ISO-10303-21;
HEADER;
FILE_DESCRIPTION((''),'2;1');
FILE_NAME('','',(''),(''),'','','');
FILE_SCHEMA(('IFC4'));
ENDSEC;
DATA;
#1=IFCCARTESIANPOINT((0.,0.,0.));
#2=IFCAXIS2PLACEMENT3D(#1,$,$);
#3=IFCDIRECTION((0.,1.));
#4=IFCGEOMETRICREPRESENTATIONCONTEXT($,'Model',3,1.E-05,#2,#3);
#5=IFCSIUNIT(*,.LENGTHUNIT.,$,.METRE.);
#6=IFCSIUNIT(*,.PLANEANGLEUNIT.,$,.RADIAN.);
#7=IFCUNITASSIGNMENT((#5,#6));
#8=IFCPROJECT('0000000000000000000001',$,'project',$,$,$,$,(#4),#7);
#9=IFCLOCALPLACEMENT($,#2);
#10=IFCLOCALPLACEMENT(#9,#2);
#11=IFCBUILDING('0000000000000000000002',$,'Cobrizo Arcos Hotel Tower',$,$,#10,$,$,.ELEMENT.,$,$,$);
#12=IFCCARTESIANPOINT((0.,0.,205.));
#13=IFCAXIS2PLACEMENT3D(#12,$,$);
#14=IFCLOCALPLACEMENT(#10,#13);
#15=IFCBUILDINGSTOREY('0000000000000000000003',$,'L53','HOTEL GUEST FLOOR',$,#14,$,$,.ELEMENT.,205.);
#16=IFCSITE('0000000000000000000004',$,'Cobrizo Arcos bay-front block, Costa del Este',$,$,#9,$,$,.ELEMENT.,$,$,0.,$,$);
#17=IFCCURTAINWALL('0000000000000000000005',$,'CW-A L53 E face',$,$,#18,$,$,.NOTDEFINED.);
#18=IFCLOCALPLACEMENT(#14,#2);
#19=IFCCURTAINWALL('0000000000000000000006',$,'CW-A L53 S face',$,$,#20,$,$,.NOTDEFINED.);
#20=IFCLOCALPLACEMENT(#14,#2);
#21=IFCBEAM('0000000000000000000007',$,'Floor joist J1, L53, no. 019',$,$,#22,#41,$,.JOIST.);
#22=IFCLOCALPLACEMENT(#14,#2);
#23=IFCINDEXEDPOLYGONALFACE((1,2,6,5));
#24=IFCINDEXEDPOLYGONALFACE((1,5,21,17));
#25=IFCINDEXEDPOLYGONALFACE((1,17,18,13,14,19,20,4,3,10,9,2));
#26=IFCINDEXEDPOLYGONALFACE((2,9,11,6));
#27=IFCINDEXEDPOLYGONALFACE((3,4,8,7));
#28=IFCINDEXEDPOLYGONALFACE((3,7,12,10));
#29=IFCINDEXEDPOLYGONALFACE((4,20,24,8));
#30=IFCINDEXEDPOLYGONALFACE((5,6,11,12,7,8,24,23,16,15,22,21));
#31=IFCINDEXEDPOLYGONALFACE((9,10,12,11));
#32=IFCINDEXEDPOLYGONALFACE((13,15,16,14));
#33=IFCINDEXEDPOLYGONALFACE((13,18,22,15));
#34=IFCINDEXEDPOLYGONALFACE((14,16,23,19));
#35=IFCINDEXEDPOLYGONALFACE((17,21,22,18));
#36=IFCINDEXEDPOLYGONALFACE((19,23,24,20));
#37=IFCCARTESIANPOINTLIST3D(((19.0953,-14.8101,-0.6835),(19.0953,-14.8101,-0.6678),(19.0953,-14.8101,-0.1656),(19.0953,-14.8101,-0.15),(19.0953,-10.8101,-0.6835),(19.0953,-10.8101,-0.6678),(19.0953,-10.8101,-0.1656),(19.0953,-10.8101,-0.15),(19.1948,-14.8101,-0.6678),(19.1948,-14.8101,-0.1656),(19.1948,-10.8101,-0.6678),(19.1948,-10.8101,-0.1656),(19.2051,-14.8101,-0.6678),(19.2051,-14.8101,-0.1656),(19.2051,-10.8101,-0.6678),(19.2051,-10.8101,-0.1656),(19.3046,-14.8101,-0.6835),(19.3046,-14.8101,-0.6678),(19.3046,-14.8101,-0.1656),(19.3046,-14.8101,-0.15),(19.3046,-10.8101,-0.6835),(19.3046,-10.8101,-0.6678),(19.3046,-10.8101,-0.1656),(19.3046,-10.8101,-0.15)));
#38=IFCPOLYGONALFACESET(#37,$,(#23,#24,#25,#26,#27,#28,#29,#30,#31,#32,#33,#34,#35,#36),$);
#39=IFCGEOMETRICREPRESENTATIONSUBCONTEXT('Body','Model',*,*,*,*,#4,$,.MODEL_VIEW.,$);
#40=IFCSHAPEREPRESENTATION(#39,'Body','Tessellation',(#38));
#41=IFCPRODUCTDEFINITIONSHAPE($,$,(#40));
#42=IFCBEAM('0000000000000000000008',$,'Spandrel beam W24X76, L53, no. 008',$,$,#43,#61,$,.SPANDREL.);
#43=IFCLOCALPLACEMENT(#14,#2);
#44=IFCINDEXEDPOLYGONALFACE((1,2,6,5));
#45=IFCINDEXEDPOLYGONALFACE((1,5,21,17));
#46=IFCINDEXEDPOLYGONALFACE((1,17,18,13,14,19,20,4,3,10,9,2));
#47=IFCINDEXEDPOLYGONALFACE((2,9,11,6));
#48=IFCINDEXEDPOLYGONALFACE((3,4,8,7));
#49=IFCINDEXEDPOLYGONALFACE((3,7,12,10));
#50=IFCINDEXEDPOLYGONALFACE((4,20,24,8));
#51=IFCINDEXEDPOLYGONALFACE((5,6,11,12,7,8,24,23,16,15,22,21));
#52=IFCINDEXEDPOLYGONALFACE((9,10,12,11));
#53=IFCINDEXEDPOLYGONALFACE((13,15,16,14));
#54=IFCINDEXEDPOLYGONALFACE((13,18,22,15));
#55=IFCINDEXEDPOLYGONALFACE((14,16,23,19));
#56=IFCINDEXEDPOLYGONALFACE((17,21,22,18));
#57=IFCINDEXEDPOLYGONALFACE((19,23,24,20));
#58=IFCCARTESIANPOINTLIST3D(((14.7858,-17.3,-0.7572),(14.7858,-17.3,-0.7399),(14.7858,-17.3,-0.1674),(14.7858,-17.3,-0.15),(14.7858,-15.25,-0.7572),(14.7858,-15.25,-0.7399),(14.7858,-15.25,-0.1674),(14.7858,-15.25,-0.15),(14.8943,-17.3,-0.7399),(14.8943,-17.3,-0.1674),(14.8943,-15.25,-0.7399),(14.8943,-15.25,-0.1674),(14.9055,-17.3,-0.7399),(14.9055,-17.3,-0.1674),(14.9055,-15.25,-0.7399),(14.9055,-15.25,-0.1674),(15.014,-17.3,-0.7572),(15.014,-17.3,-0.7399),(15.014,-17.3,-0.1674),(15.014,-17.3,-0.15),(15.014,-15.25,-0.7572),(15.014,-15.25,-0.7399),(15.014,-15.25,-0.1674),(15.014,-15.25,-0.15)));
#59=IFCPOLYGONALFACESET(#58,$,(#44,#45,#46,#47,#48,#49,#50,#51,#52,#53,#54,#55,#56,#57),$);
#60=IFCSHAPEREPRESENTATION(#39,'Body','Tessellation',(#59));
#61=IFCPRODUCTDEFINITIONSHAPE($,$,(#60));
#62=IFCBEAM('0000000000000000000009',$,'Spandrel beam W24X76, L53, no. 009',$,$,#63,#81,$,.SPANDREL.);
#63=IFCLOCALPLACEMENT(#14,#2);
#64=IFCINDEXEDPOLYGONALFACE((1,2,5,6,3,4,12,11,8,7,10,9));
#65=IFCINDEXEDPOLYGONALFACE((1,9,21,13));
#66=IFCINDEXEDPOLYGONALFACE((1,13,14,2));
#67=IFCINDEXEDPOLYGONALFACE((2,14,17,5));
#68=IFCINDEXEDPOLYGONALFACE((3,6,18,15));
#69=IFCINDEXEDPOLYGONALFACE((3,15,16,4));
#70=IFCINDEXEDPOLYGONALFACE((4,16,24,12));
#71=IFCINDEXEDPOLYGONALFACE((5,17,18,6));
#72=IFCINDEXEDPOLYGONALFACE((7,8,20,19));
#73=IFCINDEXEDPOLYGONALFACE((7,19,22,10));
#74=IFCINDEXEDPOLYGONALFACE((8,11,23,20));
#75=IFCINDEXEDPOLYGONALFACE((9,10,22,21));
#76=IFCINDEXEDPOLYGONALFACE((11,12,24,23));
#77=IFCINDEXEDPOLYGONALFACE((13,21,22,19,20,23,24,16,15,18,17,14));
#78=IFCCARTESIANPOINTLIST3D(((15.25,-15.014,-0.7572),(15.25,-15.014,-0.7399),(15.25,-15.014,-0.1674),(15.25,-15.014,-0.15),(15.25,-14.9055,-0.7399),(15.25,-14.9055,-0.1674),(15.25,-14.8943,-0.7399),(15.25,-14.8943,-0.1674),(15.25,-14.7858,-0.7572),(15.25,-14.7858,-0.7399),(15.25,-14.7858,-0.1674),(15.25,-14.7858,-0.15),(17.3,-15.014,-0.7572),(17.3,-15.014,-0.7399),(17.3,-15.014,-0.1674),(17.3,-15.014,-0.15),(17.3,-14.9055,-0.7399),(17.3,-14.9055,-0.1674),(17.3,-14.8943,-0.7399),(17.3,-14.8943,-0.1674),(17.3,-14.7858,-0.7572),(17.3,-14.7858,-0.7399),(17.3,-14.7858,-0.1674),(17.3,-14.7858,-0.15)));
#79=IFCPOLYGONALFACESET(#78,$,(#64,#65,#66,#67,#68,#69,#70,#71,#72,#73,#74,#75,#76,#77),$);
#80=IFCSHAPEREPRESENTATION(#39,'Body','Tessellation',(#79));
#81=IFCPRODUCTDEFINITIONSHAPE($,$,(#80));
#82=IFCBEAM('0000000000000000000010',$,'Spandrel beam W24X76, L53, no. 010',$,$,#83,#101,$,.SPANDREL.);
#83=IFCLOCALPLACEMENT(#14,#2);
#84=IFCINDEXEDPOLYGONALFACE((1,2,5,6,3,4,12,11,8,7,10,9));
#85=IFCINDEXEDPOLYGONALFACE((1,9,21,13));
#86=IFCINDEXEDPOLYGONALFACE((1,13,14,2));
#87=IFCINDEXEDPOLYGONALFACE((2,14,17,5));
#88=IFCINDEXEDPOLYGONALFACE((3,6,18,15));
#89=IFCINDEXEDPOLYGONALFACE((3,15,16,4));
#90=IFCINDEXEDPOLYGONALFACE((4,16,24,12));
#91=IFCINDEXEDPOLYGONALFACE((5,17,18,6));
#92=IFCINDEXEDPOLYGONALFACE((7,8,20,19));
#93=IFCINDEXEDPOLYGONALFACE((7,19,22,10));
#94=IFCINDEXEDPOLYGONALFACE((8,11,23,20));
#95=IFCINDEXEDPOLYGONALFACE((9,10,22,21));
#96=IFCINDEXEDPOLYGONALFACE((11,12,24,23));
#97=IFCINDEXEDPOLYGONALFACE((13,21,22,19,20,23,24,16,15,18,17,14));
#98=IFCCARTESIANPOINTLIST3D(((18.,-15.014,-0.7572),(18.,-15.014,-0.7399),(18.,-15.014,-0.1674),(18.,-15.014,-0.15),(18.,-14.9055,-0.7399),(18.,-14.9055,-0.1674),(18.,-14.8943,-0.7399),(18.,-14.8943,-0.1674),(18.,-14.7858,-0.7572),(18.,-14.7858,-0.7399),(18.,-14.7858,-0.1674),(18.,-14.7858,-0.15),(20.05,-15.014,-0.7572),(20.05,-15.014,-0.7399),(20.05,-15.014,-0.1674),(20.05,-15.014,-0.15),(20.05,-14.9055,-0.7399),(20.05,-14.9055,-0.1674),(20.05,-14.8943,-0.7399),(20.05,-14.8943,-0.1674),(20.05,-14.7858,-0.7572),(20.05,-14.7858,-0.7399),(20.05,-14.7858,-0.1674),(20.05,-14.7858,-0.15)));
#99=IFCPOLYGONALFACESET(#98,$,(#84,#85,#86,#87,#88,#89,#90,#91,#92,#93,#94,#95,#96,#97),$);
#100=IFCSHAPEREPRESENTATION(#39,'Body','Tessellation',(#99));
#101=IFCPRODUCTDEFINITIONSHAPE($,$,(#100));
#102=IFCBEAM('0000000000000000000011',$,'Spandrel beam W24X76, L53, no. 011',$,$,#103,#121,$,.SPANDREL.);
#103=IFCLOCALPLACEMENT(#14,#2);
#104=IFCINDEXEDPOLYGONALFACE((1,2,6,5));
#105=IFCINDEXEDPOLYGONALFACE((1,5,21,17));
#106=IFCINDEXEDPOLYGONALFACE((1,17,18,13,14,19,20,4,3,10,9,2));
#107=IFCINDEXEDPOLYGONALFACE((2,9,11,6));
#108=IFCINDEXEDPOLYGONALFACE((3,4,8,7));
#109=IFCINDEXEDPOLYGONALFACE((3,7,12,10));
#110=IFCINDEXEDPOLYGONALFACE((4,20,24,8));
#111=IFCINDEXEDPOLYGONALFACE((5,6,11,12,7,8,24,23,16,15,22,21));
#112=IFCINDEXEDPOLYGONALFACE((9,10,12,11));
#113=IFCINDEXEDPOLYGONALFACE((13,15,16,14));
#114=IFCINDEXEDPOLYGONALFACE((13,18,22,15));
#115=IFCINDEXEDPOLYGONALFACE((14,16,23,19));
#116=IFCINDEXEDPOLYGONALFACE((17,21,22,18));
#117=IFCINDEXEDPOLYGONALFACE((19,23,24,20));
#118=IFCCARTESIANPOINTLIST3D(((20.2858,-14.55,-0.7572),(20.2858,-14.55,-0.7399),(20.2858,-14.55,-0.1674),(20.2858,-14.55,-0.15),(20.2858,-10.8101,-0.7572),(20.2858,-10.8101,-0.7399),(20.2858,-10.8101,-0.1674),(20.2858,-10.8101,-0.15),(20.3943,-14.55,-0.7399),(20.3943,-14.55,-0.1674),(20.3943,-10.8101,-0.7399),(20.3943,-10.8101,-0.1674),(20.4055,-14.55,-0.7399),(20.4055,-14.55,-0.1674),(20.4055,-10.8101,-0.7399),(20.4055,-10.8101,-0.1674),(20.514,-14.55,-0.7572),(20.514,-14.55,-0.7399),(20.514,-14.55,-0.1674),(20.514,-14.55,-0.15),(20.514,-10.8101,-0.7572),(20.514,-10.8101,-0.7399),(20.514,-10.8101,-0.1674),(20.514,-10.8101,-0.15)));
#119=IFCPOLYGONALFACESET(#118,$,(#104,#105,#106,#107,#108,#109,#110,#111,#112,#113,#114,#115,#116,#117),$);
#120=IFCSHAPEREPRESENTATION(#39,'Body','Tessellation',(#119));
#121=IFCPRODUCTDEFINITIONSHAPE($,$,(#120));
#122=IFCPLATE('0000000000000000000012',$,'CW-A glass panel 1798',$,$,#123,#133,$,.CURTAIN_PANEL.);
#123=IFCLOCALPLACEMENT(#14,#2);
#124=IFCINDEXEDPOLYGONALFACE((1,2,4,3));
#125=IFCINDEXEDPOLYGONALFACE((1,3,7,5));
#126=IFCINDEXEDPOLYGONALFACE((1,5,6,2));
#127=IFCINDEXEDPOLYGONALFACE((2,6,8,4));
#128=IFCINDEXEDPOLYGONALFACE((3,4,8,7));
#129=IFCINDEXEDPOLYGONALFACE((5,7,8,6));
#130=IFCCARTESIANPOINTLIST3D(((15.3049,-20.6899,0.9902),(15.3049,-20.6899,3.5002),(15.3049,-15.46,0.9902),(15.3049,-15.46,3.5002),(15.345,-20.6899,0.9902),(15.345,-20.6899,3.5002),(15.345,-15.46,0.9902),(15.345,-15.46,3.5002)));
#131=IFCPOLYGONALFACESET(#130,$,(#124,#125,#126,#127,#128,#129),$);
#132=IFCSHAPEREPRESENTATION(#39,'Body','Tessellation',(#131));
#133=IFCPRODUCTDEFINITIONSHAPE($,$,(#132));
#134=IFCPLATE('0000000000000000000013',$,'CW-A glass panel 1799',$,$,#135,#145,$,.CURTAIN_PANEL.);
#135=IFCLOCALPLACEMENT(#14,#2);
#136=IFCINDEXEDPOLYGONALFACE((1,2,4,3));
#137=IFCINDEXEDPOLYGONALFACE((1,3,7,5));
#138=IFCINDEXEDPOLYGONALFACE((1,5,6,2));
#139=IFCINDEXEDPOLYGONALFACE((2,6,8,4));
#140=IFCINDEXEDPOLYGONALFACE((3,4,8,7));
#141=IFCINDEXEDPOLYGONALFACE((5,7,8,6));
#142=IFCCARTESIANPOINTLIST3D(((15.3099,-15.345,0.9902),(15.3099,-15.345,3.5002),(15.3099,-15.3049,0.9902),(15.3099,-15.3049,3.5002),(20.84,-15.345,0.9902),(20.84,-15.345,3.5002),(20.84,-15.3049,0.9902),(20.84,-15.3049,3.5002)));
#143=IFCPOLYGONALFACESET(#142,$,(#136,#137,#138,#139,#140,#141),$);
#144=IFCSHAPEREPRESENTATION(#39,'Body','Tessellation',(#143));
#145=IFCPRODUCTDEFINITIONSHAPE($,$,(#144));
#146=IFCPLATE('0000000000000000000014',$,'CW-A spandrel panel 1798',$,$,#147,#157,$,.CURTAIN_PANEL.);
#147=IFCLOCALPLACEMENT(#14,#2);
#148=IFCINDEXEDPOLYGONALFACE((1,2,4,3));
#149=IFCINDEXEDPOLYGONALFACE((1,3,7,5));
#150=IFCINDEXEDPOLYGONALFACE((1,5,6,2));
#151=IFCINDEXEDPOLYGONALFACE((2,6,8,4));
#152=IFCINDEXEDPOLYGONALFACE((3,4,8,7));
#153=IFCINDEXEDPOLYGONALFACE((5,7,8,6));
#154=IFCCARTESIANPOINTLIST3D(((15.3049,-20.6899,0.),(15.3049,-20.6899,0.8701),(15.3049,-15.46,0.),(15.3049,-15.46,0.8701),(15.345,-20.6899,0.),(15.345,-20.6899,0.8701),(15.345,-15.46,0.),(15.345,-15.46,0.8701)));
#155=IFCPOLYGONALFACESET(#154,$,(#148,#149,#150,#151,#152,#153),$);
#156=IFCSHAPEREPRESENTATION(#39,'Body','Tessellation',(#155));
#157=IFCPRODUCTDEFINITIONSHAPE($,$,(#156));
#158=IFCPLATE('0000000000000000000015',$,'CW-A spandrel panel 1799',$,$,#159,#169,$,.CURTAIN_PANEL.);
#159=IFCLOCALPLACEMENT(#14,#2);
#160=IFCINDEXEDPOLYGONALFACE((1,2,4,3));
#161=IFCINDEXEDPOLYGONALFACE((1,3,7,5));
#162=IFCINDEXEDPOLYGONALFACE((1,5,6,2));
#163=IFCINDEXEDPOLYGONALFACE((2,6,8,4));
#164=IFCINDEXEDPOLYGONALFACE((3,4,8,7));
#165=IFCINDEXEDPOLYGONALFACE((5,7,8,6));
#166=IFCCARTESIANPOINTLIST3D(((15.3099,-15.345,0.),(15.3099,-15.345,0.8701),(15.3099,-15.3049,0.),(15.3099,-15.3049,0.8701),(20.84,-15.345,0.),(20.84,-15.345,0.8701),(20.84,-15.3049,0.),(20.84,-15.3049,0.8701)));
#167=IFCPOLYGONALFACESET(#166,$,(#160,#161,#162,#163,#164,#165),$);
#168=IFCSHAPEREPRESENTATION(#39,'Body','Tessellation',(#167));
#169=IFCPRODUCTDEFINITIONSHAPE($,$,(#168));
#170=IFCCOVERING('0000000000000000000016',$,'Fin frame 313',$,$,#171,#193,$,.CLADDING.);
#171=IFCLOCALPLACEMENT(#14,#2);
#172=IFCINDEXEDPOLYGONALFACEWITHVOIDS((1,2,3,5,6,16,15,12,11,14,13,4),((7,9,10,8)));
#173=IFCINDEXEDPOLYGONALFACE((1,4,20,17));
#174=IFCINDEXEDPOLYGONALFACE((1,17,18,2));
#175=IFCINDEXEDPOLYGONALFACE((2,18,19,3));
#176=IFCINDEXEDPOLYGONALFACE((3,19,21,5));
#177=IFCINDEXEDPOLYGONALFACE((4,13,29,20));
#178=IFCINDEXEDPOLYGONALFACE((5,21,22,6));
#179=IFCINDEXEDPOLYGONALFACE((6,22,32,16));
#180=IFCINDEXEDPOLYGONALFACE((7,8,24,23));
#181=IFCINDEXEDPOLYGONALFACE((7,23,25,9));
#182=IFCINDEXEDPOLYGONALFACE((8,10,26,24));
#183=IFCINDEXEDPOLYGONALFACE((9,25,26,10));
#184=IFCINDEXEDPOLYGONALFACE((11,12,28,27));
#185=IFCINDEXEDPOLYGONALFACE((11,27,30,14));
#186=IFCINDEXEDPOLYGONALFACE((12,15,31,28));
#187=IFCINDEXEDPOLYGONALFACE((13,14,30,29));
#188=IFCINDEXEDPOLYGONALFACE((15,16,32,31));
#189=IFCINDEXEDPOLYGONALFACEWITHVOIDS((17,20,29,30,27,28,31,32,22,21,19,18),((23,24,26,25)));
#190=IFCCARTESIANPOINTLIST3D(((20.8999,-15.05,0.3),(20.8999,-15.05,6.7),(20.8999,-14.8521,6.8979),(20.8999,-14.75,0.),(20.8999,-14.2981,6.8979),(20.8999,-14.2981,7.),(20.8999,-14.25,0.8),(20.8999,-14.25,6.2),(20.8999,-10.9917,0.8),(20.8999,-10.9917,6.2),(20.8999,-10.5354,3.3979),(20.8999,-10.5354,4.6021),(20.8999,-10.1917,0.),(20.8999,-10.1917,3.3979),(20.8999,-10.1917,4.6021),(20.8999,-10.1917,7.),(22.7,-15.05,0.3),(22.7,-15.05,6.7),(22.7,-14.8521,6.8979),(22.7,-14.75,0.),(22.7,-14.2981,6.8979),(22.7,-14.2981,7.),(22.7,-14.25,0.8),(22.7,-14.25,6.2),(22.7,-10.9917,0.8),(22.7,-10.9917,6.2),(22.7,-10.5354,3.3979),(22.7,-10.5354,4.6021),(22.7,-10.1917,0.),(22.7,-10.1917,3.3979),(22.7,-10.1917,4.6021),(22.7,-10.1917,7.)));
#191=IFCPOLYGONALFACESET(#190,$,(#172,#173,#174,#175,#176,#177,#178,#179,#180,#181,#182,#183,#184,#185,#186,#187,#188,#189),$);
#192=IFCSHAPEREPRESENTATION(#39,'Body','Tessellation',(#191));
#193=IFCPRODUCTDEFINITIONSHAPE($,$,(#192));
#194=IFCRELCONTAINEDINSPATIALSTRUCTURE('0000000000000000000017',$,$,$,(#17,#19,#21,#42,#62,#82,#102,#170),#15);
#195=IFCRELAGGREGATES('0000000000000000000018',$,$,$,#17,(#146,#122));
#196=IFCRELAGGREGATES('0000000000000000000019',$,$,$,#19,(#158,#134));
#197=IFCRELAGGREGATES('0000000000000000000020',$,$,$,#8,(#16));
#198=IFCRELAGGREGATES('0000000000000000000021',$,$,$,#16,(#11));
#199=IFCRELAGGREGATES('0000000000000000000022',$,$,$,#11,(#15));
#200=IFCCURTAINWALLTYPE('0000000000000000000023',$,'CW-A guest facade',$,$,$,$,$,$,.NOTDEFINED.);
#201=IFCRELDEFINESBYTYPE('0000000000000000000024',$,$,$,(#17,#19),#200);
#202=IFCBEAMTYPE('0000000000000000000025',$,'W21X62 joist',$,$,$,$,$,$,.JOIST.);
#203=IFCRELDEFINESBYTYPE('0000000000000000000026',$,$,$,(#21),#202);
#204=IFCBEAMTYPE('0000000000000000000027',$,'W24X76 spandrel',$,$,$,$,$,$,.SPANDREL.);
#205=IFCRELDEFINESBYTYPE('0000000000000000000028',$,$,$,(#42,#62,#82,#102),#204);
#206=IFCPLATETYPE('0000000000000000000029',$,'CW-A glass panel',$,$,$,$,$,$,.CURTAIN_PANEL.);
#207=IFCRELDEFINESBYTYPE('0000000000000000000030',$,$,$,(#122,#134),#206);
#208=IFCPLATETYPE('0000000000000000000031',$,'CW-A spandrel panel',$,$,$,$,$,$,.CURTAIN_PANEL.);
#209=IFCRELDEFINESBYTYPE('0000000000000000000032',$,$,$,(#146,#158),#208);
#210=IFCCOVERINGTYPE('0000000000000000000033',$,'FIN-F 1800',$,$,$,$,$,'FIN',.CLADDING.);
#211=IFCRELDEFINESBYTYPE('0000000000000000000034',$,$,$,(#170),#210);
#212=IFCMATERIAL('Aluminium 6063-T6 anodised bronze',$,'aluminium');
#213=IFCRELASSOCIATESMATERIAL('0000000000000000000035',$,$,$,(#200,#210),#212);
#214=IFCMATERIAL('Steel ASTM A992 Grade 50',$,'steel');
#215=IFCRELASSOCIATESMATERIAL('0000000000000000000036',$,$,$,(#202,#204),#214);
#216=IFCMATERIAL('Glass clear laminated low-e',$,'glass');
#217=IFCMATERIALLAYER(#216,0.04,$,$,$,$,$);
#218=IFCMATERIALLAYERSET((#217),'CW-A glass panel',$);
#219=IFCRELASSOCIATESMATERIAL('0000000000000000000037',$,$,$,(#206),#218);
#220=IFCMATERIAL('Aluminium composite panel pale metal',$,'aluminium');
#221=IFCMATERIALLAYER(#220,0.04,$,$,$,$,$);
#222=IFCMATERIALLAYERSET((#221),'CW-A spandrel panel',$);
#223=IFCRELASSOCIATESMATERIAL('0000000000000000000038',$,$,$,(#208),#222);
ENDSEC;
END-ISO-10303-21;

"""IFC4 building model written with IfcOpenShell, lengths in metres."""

from ifc_helpers import new_model, si_unit, direction, frame, origin, origin_2d, place, context, subcontext, project, spatial, polyline, rectangle, i_section, outline, extrude, material, layer, layer_set, material_profile, profile_set, type_object, element, aggregate, save


model = new_model("IFC4")

# Units and contexts
model_context = context("Model", 3, precision=1e-05, world=origin(), true_north=direction((0.0, 1.0)))
body_context = subcontext(model_context, "Body", "Model", "MODEL_VIEW")
ifc_project = project(units=[si_unit("LENGTHUNIT", "METRE"), si_unit("PLANEANGLEUNIT", "RADIAN")], contexts=[model_context])

# Site, building, storey
site_placement = place(None, origin())
site = spatial("IfcSite", under=ifc_project, at=site_placement, Name="Cobrizo Arcos bay-front block, Costa del Este", CompositionType="ELEMENT", RefElevation=0.0)
building_placement = place(site_placement, origin())
building = spatial("IfcBuilding", under=site, at=building_placement, Name="Cobrizo Arcos Hotel Tower", CompositionType="ELEMENT")
storey_placement = place(building_placement, frame((0.0, 0.0, 205.0)))
storey = spatial("IfcBuildingStorey", under=building, at=storey_placement, Name="L53", Description="HOTEL GUEST FLOOR", CompositionType="ELEMENT", Elevation=205.0)

# Shared definitions
ifc_material_1 = material(Name="Aluminium 6063-T6 anodised bronze", Category="aluminium")
curtain_wall_type = type_object("IfcCurtainWallType", Name="CW-A guest facade", PredefinedType="NOTDEFINED", material=ifc_material_1)

# Curtain walls
curtain_wall_1_placement = place(storey_placement, origin())
curtain_wall_1 = element("IfcCurtainWall", 1, at=curtain_wall_1_placement, inside=storey, type_object=curtain_wall_type, Name="CW-A L53 E face", PredefinedType="NOTDEFINED")
curtain_wall_2_placement = place(storey_placement, origin())
curtain_wall_2 = element("IfcCurtainWall", 2, at=curtain_wall_2_placement, inside=storey, type_object=curtain_wall_type, Name="CW-A L53 S face", PredefinedType="NOTDEFINED")

# Beams
ifc_material_2 = material(Name="Steel ASTM A992 Grade 50", Category="steel")
ifc_material_profile_1 = material_profile(ifc_material_2, i_section(OverallWidth=0.2092, OverallDepth=0.5334, WebThickness=0.0103, FlangeThickness=0.0156, at=origin_2d()), Name="W21X62")
ifc_profile_set_1 = profile_set([ifc_material_profile_1], Name="Steel ASTM A992 Grade 50")
beam_type_1 = type_object("IfcBeamType", Name="W21X62 joist", PredefinedType="JOIST", material=ifc_profile_set_1)
beam_1_placement = place(storey_placement, frame((19.2, -14.8101, -0.4167), z_axis=(0.0, 1.0, 0.0), x_axis=(-1.0, 0.0, 0.0)))
element("IfcBeam", 3, at=beam_1_placement, inside=storey, type_object=beam_type_1, Name="Floor joist J1, L53, no. 019", PredefinedType="JOIST", context=body_context, shape_type="SweptSolid", body=[
    extrude(i_section(OverallWidth=0.2092, OverallDepth=0.5334, WebThickness=0.0103, FlangeThickness=0.0156, at=origin_2d()), origin(), (0.0, 0.0, 1.0), 4.0),
])
ifc_material_profile_2 = material_profile(ifc_material_2, i_section(OverallWidth=0.2283, OverallDepth=0.6072, WebThickness=0.0112, FlangeThickness=0.0173, at=origin_2d()), Name="W24X76")
ifc_profile_set_2 = profile_set([ifc_material_profile_2], Name="Steel ASTM A992 Grade 50")
beam_type_2 = type_object("IfcBeamType", Name="W24X76 spandrel", PredefinedType="SPANDREL", material=ifc_profile_set_2)
for number, where, z_axis, x_axis, name in (
    (4, (14.8999, -17.3, -0.4536), (0.0, 1.0, 0.0), (-1.0, 0.0, 0.0), "Spandrel beam W24X76, L53, no. 008"),
    (5, (15.25, -14.8999, -0.4536), (1.0, 0.0, 0.0), (0.0, 1.0, 0.0), "Spandrel beam W24X76, L53, no. 009"),
    (6, (18.0, -14.8999, -0.4536), (1.0, 0.0, 0.0), (0.0, 1.0, 0.0), "Spandrel beam W24X76, L53, no. 010"),
):
    element("IfcBeam", number, at=place(storey_placement, frame(where, z_axis=z_axis, x_axis=x_axis)), inside=storey, type_object=beam_type_2, Name=name, PredefinedType="SPANDREL", context=body_context, shape_type="SweptSolid", body=[
        extrude(i_section(OverallWidth=0.2283, OverallDepth=0.6072, WebThickness=0.0112, FlangeThickness=0.0173, at=origin_2d()), origin(), (0.0, 0.0, 1.0), 2.05),
    ])
beam_2_placement = place(storey_placement, frame((20.3999, -14.55, -0.4536), z_axis=(0.0, 1.0, 0.0), x_axis=(-1.0, 0.0, 0.0)))
element("IfcBeam", 7, at=beam_2_placement, inside=storey, type_object=beam_type_2, Name="Spandrel beam W24X76, L53, no. 011", PredefinedType="SPANDREL", context=body_context, shape_type="SweptSolid", body=[
    extrude(i_section(OverallWidth=0.2283, OverallDepth=0.6072, WebThickness=0.0112, FlangeThickness=0.0173, at=origin_2d()), origin(), (0.0, 0.0, 1.0), 3.74),
])

# Plates
ifc_material_3 = material(Name="Glass clear laminated low-e", Category="glass")
ifc_layer_1 = layer(ifc_material_3, 0.04)
ifc_layer_set_1 = layer_set([ifc_layer_1], Name="CW-A glass panel")
plate_type_1 = type_object("IfcPlateType", Name="CW-A glass panel", PredefinedType="CURTAIN_PANEL", material=ifc_layer_set_1)
plate_1_placement = place(storey_placement, frame((15.325, -18.075, 0.9902), z_axis=(0.0, 0.0, 1.0), x_axis=(0.0, 1.0, 0.0)))
plate_1 = element("IfcPlate", 8, at=plate_1_placement, type_object=plate_type_1, Name="CW-A glass panel 1798", PredefinedType="CURTAIN_PANEL", context=body_context, shape_type="SweptSolid", body=[
    extrude(rectangle(XDim=5.23, YDim=0.04, at=origin_2d()), origin(), (0.0, 0.0, 1.0), 2.51),
])
plate_2_placement = place(storey_placement, frame((18.075, -15.325, 0.9902), z_axis=(0.0, 0.0, 1.0), x_axis=(1.0, 0.0, 0.0)))
plate_2 = element("IfcPlate", 9, at=plate_2_placement, type_object=plate_type_1, Name="CW-A glass panel 1799", PredefinedType="CURTAIN_PANEL", context=body_context, shape_type="SweptSolid", body=[
    extrude(rectangle(XDim=5.53, YDim=0.04, at=origin_2d()), origin(), (0.0, 0.0, 1.0), 2.51),
])
ifc_material_4 = material(Name="Aluminium composite panel pale metal", Category="aluminium")
ifc_layer_2 = layer(ifc_material_4, 0.04)
ifc_layer_set_2 = layer_set([ifc_layer_2], Name="CW-A spandrel panel")
plate_type_2 = type_object("IfcPlateType", Name="CW-A spandrel panel", PredefinedType="CURTAIN_PANEL", material=ifc_layer_set_2)
plate_3_placement = place(storey_placement, frame((15.325, -18.075, 0.0), z_axis=(0.0, 0.0, 1.0), x_axis=(0.0, 1.0, 0.0)))
plate_3 = element("IfcPlate", 10, at=plate_3_placement, type_object=plate_type_2, Name="CW-A spandrel panel 1798", PredefinedType="CURTAIN_PANEL", context=body_context, shape_type="SweptSolid", body=[
    extrude(rectangle(XDim=5.23, YDim=0.04, at=origin_2d()), origin(), (0.0, 0.0, 1.0), 0.8701),
])
aggregate(curtain_wall_1, [plate_3, plate_1])
plate_4_placement = place(storey_placement, frame((18.075, -15.325, 0.0), z_axis=(0.0, 0.0, 1.0), x_axis=(1.0, 0.0, 0.0)))
plate_4 = element("IfcPlate", 11, at=plate_4_placement, type_object=plate_type_2, Name="CW-A spandrel panel 1799", PredefinedType="CURTAIN_PANEL", context=body_context, shape_type="SweptSolid", body=[
    extrude(rectangle(XDim=5.53, YDim=0.04, at=origin_2d()), origin(), (0.0, 0.0, 1.0), 0.8701),
])
aggregate(curtain_wall_2, [plate_4, plate_2])

# Covering
covering_type = type_object("IfcCoveringType", Name="FIN-F 1800", ElementType="FIN", PredefinedType="CLADDING", material=ifc_material_1)
covering_placement = place(storey_placement, frame((20.8999, -15.05, 0.0), z_axis=(1.0, 0.0, 0.0), x_axis=(0.0, 1.0, 0.0)))
element("IfcCovering", 12, at=covering_placement, inside=storey, type_object=covering_type, Name="Fin frame 313", PredefinedType="CLADDING", context=body_context, shape_type="SweptSolid", body=[
    extrude(outline(polyline([(4.8584, 0.0), (4.8584, 3.3979), (4.5146, 3.3979), (4.5146, 4.6021), (4.8584, 4.6021), (4.8584, 7.0), (0.752, 7.0), (0.752, 6.8979), (0.198, 6.8979), (0.0, 6.7), (0.0, 0.3), (0.3, 0.0), (4.8584, 0.0)]), holes=[polyline([(4.0583, 0.8), (0.8, 0.8), (0.8, 6.2), (4.0583, 6.2), (4.0583, 0.8)])]), origin(), (0.0, 0.0, 1.0), 1.8),
])

save(model, "model.ifc")
